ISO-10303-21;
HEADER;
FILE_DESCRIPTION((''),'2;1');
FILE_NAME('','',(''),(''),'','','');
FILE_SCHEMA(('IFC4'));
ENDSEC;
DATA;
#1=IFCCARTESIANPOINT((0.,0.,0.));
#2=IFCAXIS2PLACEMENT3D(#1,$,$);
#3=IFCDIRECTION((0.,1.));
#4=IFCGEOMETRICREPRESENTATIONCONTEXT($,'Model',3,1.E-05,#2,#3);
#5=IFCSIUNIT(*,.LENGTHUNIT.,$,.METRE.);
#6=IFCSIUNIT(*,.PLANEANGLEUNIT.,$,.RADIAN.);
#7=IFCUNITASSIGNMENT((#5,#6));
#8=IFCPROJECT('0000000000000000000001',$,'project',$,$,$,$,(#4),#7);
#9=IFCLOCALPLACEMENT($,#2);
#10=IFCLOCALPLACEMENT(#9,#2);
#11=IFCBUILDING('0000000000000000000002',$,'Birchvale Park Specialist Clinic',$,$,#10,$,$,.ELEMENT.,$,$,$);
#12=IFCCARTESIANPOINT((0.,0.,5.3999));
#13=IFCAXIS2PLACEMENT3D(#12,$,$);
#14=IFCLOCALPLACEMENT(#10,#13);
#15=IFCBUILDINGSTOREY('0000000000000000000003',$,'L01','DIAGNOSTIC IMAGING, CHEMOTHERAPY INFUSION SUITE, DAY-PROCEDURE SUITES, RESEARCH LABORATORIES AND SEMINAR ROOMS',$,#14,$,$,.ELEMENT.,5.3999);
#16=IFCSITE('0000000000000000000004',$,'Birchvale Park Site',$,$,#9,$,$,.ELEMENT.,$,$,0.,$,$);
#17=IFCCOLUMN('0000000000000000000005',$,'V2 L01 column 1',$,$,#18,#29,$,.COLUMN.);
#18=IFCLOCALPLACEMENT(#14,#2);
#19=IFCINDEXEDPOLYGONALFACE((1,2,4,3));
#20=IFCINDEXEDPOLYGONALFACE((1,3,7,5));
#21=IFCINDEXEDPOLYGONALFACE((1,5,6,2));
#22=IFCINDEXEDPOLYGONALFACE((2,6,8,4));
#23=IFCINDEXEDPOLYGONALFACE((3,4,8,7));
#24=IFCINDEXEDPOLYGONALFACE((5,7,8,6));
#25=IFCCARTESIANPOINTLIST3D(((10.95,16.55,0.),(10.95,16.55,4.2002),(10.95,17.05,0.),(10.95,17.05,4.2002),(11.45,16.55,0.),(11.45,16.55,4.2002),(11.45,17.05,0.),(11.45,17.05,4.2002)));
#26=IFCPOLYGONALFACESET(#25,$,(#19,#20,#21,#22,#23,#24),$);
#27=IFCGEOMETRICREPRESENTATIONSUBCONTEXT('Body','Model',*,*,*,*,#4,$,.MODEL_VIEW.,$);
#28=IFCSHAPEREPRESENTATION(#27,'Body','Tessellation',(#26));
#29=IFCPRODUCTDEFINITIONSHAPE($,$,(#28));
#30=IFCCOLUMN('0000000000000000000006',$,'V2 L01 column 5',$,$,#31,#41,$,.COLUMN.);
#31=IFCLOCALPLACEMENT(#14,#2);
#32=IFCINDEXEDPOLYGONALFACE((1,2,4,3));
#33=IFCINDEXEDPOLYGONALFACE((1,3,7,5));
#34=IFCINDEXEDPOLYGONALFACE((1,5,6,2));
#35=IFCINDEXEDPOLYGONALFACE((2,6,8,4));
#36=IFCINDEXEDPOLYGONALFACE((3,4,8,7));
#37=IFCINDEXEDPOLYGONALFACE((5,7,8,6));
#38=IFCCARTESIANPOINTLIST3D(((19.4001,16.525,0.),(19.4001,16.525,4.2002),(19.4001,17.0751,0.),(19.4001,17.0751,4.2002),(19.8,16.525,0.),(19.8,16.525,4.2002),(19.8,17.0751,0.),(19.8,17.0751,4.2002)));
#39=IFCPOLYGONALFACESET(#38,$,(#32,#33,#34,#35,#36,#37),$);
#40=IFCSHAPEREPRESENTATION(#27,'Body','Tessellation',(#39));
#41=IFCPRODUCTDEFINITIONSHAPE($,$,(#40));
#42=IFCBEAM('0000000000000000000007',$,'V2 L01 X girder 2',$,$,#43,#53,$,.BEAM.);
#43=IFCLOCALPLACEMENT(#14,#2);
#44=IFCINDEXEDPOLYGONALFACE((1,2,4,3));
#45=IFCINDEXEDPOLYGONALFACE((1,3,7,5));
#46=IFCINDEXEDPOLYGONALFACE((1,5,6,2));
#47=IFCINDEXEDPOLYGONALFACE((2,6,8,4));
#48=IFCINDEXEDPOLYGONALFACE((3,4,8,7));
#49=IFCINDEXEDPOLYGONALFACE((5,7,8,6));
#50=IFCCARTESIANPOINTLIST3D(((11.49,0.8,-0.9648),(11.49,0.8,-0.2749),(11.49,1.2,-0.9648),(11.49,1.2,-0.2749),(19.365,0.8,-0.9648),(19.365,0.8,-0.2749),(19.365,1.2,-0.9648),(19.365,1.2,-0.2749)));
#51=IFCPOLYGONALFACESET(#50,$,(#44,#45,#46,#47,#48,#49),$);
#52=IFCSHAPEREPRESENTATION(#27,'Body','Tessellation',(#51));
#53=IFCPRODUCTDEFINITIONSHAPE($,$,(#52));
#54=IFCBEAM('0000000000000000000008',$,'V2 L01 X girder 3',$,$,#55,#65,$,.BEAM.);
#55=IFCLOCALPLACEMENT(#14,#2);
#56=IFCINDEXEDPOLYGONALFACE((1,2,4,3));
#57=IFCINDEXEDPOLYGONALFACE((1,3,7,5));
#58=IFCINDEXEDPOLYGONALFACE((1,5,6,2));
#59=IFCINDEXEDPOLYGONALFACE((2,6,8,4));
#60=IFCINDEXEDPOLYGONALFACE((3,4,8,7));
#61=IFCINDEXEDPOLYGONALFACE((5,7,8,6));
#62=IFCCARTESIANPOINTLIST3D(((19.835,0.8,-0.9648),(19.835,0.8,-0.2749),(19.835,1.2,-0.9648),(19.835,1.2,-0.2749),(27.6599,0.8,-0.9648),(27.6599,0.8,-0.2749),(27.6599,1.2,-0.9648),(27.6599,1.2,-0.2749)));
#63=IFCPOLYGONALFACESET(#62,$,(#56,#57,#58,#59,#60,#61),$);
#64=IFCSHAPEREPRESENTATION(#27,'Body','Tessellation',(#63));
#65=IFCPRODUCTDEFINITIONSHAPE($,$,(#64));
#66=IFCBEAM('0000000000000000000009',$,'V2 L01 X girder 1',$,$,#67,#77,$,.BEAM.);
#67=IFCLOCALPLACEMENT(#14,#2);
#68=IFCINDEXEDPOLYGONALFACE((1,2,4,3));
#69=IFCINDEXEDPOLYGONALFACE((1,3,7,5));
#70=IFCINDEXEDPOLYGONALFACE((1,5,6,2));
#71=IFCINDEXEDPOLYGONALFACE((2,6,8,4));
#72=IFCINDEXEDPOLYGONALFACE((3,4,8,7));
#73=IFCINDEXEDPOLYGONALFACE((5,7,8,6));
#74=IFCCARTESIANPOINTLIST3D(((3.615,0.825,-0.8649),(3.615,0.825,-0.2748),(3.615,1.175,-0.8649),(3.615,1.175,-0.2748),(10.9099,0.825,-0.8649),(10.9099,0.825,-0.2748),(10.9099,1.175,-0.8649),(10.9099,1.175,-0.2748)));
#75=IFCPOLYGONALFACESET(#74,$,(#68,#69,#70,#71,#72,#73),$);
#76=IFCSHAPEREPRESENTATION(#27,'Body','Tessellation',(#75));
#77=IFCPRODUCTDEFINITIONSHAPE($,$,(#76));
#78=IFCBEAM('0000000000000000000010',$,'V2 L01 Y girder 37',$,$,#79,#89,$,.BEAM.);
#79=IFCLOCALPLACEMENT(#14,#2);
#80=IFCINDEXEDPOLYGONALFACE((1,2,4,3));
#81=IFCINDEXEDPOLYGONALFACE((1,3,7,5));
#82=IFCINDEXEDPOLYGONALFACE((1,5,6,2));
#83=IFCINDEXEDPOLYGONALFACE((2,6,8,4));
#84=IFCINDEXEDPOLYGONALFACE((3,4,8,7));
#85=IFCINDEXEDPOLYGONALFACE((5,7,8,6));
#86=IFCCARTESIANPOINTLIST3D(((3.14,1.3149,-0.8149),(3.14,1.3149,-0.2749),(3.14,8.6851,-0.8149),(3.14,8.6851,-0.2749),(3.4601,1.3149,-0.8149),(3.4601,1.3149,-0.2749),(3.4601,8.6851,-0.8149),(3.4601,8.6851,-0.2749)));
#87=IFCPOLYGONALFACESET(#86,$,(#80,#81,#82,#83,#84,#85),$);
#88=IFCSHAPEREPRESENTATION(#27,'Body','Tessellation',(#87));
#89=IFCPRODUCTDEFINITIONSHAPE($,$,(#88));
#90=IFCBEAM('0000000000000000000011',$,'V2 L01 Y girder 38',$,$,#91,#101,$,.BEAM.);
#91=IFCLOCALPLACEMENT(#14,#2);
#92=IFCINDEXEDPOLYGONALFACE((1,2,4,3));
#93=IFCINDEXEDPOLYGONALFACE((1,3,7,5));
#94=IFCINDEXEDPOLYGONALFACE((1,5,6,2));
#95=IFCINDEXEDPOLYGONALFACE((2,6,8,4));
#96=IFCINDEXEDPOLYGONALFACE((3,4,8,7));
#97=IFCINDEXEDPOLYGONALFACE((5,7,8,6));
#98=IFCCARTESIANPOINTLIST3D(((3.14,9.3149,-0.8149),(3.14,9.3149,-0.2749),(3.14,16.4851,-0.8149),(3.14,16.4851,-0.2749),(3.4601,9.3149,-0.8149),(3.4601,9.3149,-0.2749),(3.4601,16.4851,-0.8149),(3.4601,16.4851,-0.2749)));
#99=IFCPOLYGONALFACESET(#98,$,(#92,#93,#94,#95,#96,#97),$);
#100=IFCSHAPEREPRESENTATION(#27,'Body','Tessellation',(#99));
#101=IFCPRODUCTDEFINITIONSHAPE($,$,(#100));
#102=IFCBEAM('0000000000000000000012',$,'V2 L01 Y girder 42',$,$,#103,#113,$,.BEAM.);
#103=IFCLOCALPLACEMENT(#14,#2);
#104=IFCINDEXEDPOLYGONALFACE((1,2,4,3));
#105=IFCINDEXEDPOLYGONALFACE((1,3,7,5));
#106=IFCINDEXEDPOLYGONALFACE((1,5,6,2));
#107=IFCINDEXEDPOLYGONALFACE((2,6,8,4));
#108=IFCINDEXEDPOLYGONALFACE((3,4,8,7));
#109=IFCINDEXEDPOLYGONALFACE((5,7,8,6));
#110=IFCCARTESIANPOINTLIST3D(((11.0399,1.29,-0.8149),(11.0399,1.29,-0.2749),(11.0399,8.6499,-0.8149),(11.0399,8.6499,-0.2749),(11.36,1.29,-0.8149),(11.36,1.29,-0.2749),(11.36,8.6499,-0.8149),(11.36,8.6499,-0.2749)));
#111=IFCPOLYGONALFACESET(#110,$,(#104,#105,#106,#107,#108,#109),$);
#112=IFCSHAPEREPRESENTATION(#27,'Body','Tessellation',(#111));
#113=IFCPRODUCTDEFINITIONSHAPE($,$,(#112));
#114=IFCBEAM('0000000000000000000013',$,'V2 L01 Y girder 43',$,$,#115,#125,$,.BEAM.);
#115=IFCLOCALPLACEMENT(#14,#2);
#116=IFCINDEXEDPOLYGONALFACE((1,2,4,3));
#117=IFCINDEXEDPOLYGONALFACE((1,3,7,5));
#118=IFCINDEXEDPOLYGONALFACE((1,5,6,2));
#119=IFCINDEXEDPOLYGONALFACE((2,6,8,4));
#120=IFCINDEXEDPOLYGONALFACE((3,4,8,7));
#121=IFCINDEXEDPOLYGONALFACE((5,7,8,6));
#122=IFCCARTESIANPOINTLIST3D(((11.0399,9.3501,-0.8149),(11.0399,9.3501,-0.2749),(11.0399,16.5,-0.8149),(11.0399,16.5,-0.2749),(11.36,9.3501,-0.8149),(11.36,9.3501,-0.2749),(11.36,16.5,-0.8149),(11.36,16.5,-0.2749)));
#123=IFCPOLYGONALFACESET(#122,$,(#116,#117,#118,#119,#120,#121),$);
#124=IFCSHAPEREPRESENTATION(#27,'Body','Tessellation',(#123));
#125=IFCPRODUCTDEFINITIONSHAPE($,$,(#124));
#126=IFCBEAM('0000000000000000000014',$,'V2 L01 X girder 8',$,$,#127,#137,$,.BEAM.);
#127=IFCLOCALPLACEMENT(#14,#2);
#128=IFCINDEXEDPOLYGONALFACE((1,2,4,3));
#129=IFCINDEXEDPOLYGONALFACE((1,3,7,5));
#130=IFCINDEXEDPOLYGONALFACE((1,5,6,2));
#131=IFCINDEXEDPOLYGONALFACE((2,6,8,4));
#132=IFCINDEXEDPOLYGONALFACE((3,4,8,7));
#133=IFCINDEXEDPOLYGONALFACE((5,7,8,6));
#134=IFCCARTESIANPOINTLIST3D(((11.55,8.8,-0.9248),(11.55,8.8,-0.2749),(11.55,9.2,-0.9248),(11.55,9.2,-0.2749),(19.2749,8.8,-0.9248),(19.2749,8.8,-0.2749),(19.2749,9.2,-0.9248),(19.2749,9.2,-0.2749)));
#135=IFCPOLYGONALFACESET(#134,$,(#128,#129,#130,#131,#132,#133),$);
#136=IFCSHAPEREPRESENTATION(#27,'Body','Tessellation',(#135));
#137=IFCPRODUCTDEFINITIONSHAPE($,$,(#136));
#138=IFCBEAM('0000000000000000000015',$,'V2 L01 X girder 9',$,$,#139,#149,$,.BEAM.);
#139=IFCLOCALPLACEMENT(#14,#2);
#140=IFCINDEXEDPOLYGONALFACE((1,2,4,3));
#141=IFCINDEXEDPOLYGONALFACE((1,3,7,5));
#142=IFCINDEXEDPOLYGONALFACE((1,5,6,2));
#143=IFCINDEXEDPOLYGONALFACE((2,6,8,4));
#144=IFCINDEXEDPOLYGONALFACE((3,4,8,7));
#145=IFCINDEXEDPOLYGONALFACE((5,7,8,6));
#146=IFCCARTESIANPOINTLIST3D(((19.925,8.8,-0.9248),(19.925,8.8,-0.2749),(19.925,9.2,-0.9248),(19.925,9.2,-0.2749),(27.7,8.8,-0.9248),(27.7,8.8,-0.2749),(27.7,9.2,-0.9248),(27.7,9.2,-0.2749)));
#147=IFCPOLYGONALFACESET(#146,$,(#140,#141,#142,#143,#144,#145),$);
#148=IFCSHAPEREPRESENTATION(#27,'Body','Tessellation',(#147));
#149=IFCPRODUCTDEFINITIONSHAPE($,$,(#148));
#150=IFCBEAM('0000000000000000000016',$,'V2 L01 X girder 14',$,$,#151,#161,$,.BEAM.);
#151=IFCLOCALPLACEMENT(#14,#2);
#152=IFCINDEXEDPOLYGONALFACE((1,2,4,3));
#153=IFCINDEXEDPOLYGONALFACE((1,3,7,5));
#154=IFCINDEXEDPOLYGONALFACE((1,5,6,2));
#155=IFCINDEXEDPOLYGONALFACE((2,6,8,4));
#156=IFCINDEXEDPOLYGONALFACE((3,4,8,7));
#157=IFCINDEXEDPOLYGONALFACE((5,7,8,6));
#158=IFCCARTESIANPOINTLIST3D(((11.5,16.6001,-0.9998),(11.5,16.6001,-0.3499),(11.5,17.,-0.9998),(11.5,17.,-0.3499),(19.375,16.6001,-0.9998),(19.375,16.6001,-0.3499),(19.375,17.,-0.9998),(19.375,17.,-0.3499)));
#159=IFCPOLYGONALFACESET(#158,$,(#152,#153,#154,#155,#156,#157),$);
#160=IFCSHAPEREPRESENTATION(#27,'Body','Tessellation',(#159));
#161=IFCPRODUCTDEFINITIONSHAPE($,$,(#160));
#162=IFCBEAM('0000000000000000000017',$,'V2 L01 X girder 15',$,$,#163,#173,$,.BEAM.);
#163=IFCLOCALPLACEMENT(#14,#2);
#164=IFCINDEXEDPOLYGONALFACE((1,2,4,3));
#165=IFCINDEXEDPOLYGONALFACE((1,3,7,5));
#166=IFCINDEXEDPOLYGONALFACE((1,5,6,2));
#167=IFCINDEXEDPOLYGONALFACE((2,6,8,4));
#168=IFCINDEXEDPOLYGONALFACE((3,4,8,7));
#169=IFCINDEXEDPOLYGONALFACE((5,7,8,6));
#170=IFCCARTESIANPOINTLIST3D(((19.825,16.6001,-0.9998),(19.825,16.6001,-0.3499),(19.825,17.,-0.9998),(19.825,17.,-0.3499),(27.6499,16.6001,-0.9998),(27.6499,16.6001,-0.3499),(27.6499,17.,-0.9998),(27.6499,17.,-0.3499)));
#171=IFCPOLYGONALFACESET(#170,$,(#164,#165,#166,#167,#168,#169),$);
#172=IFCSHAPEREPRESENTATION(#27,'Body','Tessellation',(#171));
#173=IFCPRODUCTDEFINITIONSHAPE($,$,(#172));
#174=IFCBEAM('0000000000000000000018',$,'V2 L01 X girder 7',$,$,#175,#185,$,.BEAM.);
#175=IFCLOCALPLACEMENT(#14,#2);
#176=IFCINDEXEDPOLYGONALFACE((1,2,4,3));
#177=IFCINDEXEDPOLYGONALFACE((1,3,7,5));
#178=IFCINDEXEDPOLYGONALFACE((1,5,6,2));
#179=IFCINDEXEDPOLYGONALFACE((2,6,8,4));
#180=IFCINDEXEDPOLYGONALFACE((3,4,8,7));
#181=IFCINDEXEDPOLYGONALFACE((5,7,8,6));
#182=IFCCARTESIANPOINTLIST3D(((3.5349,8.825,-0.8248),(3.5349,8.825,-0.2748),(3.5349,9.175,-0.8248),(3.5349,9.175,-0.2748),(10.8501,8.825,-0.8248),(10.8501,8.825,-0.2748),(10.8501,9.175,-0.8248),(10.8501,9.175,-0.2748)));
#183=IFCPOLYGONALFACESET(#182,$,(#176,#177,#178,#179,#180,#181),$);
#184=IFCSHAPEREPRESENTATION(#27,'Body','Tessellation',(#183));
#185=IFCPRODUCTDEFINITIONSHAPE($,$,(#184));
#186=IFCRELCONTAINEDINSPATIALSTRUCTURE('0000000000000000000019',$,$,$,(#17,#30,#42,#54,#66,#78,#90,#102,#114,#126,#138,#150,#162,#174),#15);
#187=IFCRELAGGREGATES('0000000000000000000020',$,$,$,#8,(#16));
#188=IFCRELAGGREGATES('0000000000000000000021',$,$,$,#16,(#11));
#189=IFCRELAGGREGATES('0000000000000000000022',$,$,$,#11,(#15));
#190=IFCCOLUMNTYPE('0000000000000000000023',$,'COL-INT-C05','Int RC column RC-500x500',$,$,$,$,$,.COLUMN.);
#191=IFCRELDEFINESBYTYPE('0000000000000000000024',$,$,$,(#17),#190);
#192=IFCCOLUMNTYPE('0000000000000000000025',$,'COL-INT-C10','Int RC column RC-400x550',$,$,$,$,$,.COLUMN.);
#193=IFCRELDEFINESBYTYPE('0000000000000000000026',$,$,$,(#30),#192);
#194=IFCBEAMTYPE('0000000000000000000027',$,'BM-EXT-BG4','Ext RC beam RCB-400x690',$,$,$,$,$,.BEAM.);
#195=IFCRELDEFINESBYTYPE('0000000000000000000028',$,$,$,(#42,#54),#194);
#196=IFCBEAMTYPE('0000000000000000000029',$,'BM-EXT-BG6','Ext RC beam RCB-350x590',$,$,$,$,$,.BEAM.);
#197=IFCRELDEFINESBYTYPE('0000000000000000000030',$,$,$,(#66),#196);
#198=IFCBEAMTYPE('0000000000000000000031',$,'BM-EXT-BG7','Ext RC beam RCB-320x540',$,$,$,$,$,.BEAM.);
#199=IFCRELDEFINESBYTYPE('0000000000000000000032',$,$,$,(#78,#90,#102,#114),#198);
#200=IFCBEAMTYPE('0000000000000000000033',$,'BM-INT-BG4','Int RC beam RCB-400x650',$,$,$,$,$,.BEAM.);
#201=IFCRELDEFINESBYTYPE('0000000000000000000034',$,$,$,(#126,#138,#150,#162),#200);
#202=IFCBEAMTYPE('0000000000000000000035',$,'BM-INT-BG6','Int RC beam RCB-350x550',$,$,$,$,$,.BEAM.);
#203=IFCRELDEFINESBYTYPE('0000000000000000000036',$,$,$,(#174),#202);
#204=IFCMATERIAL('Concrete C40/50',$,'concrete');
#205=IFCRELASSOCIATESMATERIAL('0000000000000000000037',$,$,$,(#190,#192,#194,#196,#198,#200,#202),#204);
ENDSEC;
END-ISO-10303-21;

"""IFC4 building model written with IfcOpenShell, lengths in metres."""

from ifc_helpers import new_model, si_unit, direction, frame, origin, origin_2d, place, context, subcontext, project, spatial, rectangle, extrude, material, material_profile, profile_set, type_object, element, save


model = new_model("IFC4")

# Units and contexts
model_context = context("Model", 3, precision=1e-05, world=origin(), true_north=direction((0.0, 1.0)))
body_context = subcontext(model_context, "Body", "Model", "MODEL_VIEW")
ifc_project = project(units=[si_unit("LENGTHUNIT", "METRE"), si_unit("PLANEANGLEUNIT", "RADIAN")], contexts=[model_context])

# Site, building, storey
site_placement = place(None, origin())
site = spatial("IfcSite", under=ifc_project, at=site_placement, Name="Birchvale Park Site", CompositionType="ELEMENT", RefElevation=0.0)
building_placement = place(site_placement, origin())
building = spatial("IfcBuilding", under=site, at=building_placement, Name="Birchvale Park Specialist Clinic", CompositionType="ELEMENT")
storey_placement = place(building_placement, frame((0.0, 0.0, 5.3999)))
storey = spatial("IfcBuildingStorey", under=building, at=storey_placement, Name="L01", Description="DIAGNOSTIC IMAGING, CHEMOTHERAPY INFUSION SUITE, DAY-PROCEDURE SUITES, RESEARCH LABORATORIES AND SEMINAR ROOMS", CompositionType="ELEMENT", Elevation=5.3999)

# Columns
ifc_material_1 = material(Name="Concrete C40/50", Category="concrete")
ifc_material_profile_1 = material_profile(ifc_material_1, rectangle(XDim=0.5, YDim=0.5, at=origin_2d()), Name="RC-500x500")
ifc_profile_set_1 = profile_set([ifc_material_profile_1], Name="Concrete C40/50")
column_type_1 = type_object("IfcColumnType", Name="COL-INT-C05", Description="Int RC column RC-500x500", PredefinedType="COLUMN", material=ifc_profile_set_1)
column_1_placement = place(storey_placement, frame((11.2, 16.8, 0.0), z_axis=(0.0, 0.0, 1.0), x_axis=(1.0, 0.0, 0.0)))
element("IfcColumn", 1, at=column_1_placement, inside=storey, type_object=column_type_1, Name="V2 L01 column 1", PredefinedType="COLUMN", context=body_context, shape_type="SweptSolid", body=[
    extrude(rectangle(XDim=0.5, YDim=0.5, at=origin_2d()), origin(), (0.0, 0.0, 1.0), 4.2002),
])
ifc_material_profile_2 = material_profile(ifc_material_1, rectangle(XDim=0.3999, YDim=0.55, at=origin_2d()), Name="RC-400x550")
ifc_profile_set_2 = profile_set([ifc_material_profile_2], Name="Concrete C40/50")
column_type_2 = type_object("IfcColumnType", Name="COL-INT-C10", Description="Int RC column RC-400x550", PredefinedType="COLUMN", material=ifc_profile_set_2)
column_2_placement = place(storey_placement, frame((19.6001, 16.8, 0.0), z_axis=(0.0, 0.0, 1.0), x_axis=(1.0, 0.0, 0.0)))
element("IfcColumn", 2, at=column_2_placement, inside=storey, type_object=column_type_2, Name="V2 L01 column 5", PredefinedType="COLUMN", context=body_context, shape_type="SweptSolid", body=[
    extrude(rectangle(XDim=0.3999, YDim=0.55, at=origin_2d()), origin(), (0.0, 0.0, 1.0), 4.2002),
])

# Beams
ifc_material_profile_3 = material_profile(ifc_material_1, rectangle(XDim=0.3999, YDim=0.6899, at=origin_2d()), Name="RCB-400x690")
ifc_profile_set_3 = profile_set([ifc_material_profile_3], Name="Concrete C40/50")
beam_type_1 = type_object("IfcBeamType", Name="BM-EXT-BG4", Description="Ext RC beam RCB-400x690", PredefinedType="BEAM", material=ifc_profile_set_3)
beam_1_placement = place(storey_placement, frame((11.49, 1.0, -0.6199), z_axis=(1.0, 0.0, 0.0), x_axis=(0.0, 1.0, 0.0)))
element("IfcBeam", 3, at=beam_1_placement, inside=storey, type_object=beam_type_1, Name="V2 L01 X girder 2", PredefinedType="BEAM", context=body_context, shape_type="SweptSolid", body=[
    extrude(rectangle(XDim=0.3999, YDim=0.6899, at=origin_2d()), origin(), (0.0, 0.0, 1.0), 7.875),
])
beam_2_placement = place(storey_placement, frame((19.835, 1.0, -0.6199), z_axis=(1.0, 0.0, 0.0), x_axis=(0.0, 1.0, 0.0)))
element("IfcBeam", 4, at=beam_2_placement, inside=storey, type_object=beam_type_1, Name="V2 L01 X girder 3", PredefinedType="BEAM", context=body_context, shape_type="SweptSolid", body=[
    extrude(rectangle(XDim=0.3999, YDim=0.6899, at=origin_2d()), origin(), (0.0, 0.0, 1.0), 7.825),
])
ifc_material_profile_4 = material_profile(ifc_material_1, rectangle(XDim=0.3501, YDim=0.5901, at=origin_2d()), Name="RCB-350x590")
ifc_profile_set_4 = profile_set([ifc_material_profile_4], Name="Concrete C40/50")
beam_type_2 = type_object("IfcBeamType", Name="BM-EXT-BG6", Description="Ext RC beam RCB-350x590", PredefinedType="BEAM", material=ifc_profile_set_4)
beam_3_placement = place(storey_placement, frame((3.615, 1.0, -0.5698), z_axis=(1.0, 0.0, 0.0), x_axis=(0.0, 1.0, 0.0)))
element("IfcBeam", 5, at=beam_3_placement, inside=storey, type_object=beam_type_2, Name="V2 L01 X girder 1", PredefinedType="BEAM", context=body_context, shape_type="SweptSolid", body=[
    extrude(rectangle(XDim=0.3501, YDim=0.5901, at=origin_2d()), origin(), (0.0, 0.0, 1.0), 7.2949),
])
ifc_material_profile_5 = material_profile(ifc_material_1, rectangle(XDim=0.3201, YDim=0.54, at=origin_2d()), Name="RCB-320x540")
ifc_profile_set_5 = profile_set([ifc_material_profile_5], Name="Concrete C40/50")
beam_type_3 = type_object("IfcBeamType", Name="BM-EXT-BG7", Description="Ext RC beam RCB-320x540", PredefinedType="BEAM", material=ifc_profile_set_5)
beam_4_placement = place(storey_placement, frame((3.3, 1.3149, -0.5449), z_axis=(0.0, 1.0, 0.0), x_axis=(-1.0, 0.0, 0.0)))
element("IfcBeam", 6, at=beam_4_placement, inside=storey, type_object=beam_type_3, Name="V2 L01 Y girder 37", PredefinedType="BEAM", context=body_context, shape_type="SweptSolid", body=[
    extrude(rectangle(XDim=0.3201, YDim=0.54, at=origin_2d()), origin(), (0.0, 0.0, 1.0), 7.3701),
])
beam_5_placement = place(storey_placement, frame((3.3, 9.3149, -0.5449), z_axis=(0.0, 1.0, 0.0), x_axis=(-1.0, 0.0, 0.0)))
element("IfcBeam", 7, at=beam_5_placement, inside=storey, type_object=beam_type_3, Name="V2 L01 Y girder 38", PredefinedType="BEAM", context=body_context, shape_type="SweptSolid", body=[
    extrude(rectangle(XDim=0.3201, YDim=0.54, at=origin_2d()), origin(), (0.0, 0.0, 1.0), 7.1702),
])
beam_6_placement = place(storey_placement, frame((11.2, 1.29, -0.5449), z_axis=(0.0, 1.0, 0.0), x_axis=(-1.0, 0.0, 0.0)))
element("IfcBeam", 8, at=beam_6_placement, inside=storey, type_object=beam_type_3, Name="V2 L01 Y girder 42", PredefinedType="BEAM", context=body_context, shape_type="SweptSolid", body=[
    extrude(rectangle(XDim=0.3201, YDim=0.54, at=origin_2d()), origin(), (0.0, 0.0, 1.0), 7.3599),
])
beam_7_placement = place(storey_placement, frame((11.2, 9.3501, -0.5449), z_axis=(0.0, 1.0, 0.0), x_axis=(-1.0, 0.0, 0.0)))
element("IfcBeam", 9, at=beam_7_placement, inside=storey, type_object=beam_type_3, Name="V2 L01 Y girder 43", PredefinedType="BEAM", context=body_context, shape_type="SweptSolid", body=[
    extrude(rectangle(XDim=0.3201, YDim=0.54, at=origin_2d()), origin(), (0.0, 0.0, 1.0), 7.1499),
])
ifc_material_profile_6 = material_profile(ifc_material_1, rectangle(XDim=0.3999, YDim=0.6499, at=origin_2d()), Name="RCB-400x650")
ifc_profile_set_6 = profile_set([ifc_material_profile_6], Name="Concrete C40/50")
beam_type_4 = type_object("IfcBeamType", Name="BM-INT-BG4", Description="Int RC beam RCB-400x650", PredefinedType="BEAM", material=ifc_profile_set_6)
beam_8_placement = place(storey_placement, frame((11.55, 9.0, -0.5999), z_axis=(1.0, 0.0, 0.0), x_axis=(0.0, 1.0, 0.0)))
element("IfcBeam", 10, at=beam_8_placement, inside=storey, type_object=beam_type_4, Name="V2 L01 X girder 8", PredefinedType="BEAM", context=body_context, shape_type="SweptSolid", body=[
    extrude(rectangle(XDim=0.3999, YDim=0.6499, at=origin_2d()), origin(), (0.0, 0.0, 1.0), 7.7249),
])
beam_9_placement = place(storey_placement, frame((19.925, 9.0, -0.5999), z_axis=(1.0, 0.0, 0.0), x_axis=(0.0, 1.0, 0.0)))
element("IfcBeam", 11, at=beam_9_placement, inside=storey, type_object=beam_type_4, Name="V2 L01 X girder 9", PredefinedType="BEAM", context=body_context, shape_type="SweptSolid", body=[
    extrude(rectangle(XDim=0.3999, YDim=0.6499, at=origin_2d()), origin(), (0.0, 0.0, 1.0), 7.7749),
])
beam_10_placement = place(storey_placement, frame((11.5, 16.8, -0.6748), z_axis=(1.0, 0.0, 0.0), x_axis=(0.0, 1.0, 0.0)))
element("IfcBeam", 12, at=beam_10_placement, inside=storey, type_object=beam_type_4, Name="V2 L01 X girder 14", PredefinedType="BEAM", context=body_context, shape_type="SweptSolid", body=[
    extrude(rectangle(XDim=0.3999, YDim=0.6499, at=origin_2d()), origin(), (0.0, 0.0, 1.0), 7.875),
])
beam_11_placement = place(storey_placement, frame((19.825, 16.8, -0.6748), z_axis=(1.0, 0.0, 0.0), x_axis=(0.0, 1.0, 0.0)))
element("IfcBeam", 13, at=beam_11_placement, inside=storey, type_object=beam_type_4, Name="V2 L01 X girder 15", PredefinedType="BEAM", context=body_context, shape_type="SweptSolid", body=[
    extrude(rectangle(XDim=0.3999, YDim=0.6499, at=origin_2d()), origin(), (0.0, 0.0, 1.0), 7.825),
])
ifc_material_profile_7 = material_profile(ifc_material_1, rectangle(XDim=0.3501, YDim=0.55, at=origin_2d()), Name="RCB-350x550")
ifc_profile_set_7 = profile_set([ifc_material_profile_7], Name="Concrete C40/50")
beam_type_5 = type_object("IfcBeamType", Name="BM-INT-BG6", Description="Int RC beam RCB-350x550", PredefinedType="BEAM", material=ifc_profile_set_7)
beam_12_placement = place(storey_placement, frame((3.5349, 9.0, -0.5498), z_axis=(1.0, 0.0, 0.0), x_axis=(0.0, 1.0, 0.0)))
element("IfcBeam", 14, at=beam_12_placement, inside=storey, type_object=beam_type_5, Name="V2 L01 X girder 7", PredefinedType="BEAM", context=body_context, shape_type="SweptSolid", body=[
    extrude(rectangle(XDim=0.3501, YDim=0.55, at=origin_2d()), origin(), (0.0, 0.0, 1.0), 7.3152),
])

save(model, "model.ifc")
